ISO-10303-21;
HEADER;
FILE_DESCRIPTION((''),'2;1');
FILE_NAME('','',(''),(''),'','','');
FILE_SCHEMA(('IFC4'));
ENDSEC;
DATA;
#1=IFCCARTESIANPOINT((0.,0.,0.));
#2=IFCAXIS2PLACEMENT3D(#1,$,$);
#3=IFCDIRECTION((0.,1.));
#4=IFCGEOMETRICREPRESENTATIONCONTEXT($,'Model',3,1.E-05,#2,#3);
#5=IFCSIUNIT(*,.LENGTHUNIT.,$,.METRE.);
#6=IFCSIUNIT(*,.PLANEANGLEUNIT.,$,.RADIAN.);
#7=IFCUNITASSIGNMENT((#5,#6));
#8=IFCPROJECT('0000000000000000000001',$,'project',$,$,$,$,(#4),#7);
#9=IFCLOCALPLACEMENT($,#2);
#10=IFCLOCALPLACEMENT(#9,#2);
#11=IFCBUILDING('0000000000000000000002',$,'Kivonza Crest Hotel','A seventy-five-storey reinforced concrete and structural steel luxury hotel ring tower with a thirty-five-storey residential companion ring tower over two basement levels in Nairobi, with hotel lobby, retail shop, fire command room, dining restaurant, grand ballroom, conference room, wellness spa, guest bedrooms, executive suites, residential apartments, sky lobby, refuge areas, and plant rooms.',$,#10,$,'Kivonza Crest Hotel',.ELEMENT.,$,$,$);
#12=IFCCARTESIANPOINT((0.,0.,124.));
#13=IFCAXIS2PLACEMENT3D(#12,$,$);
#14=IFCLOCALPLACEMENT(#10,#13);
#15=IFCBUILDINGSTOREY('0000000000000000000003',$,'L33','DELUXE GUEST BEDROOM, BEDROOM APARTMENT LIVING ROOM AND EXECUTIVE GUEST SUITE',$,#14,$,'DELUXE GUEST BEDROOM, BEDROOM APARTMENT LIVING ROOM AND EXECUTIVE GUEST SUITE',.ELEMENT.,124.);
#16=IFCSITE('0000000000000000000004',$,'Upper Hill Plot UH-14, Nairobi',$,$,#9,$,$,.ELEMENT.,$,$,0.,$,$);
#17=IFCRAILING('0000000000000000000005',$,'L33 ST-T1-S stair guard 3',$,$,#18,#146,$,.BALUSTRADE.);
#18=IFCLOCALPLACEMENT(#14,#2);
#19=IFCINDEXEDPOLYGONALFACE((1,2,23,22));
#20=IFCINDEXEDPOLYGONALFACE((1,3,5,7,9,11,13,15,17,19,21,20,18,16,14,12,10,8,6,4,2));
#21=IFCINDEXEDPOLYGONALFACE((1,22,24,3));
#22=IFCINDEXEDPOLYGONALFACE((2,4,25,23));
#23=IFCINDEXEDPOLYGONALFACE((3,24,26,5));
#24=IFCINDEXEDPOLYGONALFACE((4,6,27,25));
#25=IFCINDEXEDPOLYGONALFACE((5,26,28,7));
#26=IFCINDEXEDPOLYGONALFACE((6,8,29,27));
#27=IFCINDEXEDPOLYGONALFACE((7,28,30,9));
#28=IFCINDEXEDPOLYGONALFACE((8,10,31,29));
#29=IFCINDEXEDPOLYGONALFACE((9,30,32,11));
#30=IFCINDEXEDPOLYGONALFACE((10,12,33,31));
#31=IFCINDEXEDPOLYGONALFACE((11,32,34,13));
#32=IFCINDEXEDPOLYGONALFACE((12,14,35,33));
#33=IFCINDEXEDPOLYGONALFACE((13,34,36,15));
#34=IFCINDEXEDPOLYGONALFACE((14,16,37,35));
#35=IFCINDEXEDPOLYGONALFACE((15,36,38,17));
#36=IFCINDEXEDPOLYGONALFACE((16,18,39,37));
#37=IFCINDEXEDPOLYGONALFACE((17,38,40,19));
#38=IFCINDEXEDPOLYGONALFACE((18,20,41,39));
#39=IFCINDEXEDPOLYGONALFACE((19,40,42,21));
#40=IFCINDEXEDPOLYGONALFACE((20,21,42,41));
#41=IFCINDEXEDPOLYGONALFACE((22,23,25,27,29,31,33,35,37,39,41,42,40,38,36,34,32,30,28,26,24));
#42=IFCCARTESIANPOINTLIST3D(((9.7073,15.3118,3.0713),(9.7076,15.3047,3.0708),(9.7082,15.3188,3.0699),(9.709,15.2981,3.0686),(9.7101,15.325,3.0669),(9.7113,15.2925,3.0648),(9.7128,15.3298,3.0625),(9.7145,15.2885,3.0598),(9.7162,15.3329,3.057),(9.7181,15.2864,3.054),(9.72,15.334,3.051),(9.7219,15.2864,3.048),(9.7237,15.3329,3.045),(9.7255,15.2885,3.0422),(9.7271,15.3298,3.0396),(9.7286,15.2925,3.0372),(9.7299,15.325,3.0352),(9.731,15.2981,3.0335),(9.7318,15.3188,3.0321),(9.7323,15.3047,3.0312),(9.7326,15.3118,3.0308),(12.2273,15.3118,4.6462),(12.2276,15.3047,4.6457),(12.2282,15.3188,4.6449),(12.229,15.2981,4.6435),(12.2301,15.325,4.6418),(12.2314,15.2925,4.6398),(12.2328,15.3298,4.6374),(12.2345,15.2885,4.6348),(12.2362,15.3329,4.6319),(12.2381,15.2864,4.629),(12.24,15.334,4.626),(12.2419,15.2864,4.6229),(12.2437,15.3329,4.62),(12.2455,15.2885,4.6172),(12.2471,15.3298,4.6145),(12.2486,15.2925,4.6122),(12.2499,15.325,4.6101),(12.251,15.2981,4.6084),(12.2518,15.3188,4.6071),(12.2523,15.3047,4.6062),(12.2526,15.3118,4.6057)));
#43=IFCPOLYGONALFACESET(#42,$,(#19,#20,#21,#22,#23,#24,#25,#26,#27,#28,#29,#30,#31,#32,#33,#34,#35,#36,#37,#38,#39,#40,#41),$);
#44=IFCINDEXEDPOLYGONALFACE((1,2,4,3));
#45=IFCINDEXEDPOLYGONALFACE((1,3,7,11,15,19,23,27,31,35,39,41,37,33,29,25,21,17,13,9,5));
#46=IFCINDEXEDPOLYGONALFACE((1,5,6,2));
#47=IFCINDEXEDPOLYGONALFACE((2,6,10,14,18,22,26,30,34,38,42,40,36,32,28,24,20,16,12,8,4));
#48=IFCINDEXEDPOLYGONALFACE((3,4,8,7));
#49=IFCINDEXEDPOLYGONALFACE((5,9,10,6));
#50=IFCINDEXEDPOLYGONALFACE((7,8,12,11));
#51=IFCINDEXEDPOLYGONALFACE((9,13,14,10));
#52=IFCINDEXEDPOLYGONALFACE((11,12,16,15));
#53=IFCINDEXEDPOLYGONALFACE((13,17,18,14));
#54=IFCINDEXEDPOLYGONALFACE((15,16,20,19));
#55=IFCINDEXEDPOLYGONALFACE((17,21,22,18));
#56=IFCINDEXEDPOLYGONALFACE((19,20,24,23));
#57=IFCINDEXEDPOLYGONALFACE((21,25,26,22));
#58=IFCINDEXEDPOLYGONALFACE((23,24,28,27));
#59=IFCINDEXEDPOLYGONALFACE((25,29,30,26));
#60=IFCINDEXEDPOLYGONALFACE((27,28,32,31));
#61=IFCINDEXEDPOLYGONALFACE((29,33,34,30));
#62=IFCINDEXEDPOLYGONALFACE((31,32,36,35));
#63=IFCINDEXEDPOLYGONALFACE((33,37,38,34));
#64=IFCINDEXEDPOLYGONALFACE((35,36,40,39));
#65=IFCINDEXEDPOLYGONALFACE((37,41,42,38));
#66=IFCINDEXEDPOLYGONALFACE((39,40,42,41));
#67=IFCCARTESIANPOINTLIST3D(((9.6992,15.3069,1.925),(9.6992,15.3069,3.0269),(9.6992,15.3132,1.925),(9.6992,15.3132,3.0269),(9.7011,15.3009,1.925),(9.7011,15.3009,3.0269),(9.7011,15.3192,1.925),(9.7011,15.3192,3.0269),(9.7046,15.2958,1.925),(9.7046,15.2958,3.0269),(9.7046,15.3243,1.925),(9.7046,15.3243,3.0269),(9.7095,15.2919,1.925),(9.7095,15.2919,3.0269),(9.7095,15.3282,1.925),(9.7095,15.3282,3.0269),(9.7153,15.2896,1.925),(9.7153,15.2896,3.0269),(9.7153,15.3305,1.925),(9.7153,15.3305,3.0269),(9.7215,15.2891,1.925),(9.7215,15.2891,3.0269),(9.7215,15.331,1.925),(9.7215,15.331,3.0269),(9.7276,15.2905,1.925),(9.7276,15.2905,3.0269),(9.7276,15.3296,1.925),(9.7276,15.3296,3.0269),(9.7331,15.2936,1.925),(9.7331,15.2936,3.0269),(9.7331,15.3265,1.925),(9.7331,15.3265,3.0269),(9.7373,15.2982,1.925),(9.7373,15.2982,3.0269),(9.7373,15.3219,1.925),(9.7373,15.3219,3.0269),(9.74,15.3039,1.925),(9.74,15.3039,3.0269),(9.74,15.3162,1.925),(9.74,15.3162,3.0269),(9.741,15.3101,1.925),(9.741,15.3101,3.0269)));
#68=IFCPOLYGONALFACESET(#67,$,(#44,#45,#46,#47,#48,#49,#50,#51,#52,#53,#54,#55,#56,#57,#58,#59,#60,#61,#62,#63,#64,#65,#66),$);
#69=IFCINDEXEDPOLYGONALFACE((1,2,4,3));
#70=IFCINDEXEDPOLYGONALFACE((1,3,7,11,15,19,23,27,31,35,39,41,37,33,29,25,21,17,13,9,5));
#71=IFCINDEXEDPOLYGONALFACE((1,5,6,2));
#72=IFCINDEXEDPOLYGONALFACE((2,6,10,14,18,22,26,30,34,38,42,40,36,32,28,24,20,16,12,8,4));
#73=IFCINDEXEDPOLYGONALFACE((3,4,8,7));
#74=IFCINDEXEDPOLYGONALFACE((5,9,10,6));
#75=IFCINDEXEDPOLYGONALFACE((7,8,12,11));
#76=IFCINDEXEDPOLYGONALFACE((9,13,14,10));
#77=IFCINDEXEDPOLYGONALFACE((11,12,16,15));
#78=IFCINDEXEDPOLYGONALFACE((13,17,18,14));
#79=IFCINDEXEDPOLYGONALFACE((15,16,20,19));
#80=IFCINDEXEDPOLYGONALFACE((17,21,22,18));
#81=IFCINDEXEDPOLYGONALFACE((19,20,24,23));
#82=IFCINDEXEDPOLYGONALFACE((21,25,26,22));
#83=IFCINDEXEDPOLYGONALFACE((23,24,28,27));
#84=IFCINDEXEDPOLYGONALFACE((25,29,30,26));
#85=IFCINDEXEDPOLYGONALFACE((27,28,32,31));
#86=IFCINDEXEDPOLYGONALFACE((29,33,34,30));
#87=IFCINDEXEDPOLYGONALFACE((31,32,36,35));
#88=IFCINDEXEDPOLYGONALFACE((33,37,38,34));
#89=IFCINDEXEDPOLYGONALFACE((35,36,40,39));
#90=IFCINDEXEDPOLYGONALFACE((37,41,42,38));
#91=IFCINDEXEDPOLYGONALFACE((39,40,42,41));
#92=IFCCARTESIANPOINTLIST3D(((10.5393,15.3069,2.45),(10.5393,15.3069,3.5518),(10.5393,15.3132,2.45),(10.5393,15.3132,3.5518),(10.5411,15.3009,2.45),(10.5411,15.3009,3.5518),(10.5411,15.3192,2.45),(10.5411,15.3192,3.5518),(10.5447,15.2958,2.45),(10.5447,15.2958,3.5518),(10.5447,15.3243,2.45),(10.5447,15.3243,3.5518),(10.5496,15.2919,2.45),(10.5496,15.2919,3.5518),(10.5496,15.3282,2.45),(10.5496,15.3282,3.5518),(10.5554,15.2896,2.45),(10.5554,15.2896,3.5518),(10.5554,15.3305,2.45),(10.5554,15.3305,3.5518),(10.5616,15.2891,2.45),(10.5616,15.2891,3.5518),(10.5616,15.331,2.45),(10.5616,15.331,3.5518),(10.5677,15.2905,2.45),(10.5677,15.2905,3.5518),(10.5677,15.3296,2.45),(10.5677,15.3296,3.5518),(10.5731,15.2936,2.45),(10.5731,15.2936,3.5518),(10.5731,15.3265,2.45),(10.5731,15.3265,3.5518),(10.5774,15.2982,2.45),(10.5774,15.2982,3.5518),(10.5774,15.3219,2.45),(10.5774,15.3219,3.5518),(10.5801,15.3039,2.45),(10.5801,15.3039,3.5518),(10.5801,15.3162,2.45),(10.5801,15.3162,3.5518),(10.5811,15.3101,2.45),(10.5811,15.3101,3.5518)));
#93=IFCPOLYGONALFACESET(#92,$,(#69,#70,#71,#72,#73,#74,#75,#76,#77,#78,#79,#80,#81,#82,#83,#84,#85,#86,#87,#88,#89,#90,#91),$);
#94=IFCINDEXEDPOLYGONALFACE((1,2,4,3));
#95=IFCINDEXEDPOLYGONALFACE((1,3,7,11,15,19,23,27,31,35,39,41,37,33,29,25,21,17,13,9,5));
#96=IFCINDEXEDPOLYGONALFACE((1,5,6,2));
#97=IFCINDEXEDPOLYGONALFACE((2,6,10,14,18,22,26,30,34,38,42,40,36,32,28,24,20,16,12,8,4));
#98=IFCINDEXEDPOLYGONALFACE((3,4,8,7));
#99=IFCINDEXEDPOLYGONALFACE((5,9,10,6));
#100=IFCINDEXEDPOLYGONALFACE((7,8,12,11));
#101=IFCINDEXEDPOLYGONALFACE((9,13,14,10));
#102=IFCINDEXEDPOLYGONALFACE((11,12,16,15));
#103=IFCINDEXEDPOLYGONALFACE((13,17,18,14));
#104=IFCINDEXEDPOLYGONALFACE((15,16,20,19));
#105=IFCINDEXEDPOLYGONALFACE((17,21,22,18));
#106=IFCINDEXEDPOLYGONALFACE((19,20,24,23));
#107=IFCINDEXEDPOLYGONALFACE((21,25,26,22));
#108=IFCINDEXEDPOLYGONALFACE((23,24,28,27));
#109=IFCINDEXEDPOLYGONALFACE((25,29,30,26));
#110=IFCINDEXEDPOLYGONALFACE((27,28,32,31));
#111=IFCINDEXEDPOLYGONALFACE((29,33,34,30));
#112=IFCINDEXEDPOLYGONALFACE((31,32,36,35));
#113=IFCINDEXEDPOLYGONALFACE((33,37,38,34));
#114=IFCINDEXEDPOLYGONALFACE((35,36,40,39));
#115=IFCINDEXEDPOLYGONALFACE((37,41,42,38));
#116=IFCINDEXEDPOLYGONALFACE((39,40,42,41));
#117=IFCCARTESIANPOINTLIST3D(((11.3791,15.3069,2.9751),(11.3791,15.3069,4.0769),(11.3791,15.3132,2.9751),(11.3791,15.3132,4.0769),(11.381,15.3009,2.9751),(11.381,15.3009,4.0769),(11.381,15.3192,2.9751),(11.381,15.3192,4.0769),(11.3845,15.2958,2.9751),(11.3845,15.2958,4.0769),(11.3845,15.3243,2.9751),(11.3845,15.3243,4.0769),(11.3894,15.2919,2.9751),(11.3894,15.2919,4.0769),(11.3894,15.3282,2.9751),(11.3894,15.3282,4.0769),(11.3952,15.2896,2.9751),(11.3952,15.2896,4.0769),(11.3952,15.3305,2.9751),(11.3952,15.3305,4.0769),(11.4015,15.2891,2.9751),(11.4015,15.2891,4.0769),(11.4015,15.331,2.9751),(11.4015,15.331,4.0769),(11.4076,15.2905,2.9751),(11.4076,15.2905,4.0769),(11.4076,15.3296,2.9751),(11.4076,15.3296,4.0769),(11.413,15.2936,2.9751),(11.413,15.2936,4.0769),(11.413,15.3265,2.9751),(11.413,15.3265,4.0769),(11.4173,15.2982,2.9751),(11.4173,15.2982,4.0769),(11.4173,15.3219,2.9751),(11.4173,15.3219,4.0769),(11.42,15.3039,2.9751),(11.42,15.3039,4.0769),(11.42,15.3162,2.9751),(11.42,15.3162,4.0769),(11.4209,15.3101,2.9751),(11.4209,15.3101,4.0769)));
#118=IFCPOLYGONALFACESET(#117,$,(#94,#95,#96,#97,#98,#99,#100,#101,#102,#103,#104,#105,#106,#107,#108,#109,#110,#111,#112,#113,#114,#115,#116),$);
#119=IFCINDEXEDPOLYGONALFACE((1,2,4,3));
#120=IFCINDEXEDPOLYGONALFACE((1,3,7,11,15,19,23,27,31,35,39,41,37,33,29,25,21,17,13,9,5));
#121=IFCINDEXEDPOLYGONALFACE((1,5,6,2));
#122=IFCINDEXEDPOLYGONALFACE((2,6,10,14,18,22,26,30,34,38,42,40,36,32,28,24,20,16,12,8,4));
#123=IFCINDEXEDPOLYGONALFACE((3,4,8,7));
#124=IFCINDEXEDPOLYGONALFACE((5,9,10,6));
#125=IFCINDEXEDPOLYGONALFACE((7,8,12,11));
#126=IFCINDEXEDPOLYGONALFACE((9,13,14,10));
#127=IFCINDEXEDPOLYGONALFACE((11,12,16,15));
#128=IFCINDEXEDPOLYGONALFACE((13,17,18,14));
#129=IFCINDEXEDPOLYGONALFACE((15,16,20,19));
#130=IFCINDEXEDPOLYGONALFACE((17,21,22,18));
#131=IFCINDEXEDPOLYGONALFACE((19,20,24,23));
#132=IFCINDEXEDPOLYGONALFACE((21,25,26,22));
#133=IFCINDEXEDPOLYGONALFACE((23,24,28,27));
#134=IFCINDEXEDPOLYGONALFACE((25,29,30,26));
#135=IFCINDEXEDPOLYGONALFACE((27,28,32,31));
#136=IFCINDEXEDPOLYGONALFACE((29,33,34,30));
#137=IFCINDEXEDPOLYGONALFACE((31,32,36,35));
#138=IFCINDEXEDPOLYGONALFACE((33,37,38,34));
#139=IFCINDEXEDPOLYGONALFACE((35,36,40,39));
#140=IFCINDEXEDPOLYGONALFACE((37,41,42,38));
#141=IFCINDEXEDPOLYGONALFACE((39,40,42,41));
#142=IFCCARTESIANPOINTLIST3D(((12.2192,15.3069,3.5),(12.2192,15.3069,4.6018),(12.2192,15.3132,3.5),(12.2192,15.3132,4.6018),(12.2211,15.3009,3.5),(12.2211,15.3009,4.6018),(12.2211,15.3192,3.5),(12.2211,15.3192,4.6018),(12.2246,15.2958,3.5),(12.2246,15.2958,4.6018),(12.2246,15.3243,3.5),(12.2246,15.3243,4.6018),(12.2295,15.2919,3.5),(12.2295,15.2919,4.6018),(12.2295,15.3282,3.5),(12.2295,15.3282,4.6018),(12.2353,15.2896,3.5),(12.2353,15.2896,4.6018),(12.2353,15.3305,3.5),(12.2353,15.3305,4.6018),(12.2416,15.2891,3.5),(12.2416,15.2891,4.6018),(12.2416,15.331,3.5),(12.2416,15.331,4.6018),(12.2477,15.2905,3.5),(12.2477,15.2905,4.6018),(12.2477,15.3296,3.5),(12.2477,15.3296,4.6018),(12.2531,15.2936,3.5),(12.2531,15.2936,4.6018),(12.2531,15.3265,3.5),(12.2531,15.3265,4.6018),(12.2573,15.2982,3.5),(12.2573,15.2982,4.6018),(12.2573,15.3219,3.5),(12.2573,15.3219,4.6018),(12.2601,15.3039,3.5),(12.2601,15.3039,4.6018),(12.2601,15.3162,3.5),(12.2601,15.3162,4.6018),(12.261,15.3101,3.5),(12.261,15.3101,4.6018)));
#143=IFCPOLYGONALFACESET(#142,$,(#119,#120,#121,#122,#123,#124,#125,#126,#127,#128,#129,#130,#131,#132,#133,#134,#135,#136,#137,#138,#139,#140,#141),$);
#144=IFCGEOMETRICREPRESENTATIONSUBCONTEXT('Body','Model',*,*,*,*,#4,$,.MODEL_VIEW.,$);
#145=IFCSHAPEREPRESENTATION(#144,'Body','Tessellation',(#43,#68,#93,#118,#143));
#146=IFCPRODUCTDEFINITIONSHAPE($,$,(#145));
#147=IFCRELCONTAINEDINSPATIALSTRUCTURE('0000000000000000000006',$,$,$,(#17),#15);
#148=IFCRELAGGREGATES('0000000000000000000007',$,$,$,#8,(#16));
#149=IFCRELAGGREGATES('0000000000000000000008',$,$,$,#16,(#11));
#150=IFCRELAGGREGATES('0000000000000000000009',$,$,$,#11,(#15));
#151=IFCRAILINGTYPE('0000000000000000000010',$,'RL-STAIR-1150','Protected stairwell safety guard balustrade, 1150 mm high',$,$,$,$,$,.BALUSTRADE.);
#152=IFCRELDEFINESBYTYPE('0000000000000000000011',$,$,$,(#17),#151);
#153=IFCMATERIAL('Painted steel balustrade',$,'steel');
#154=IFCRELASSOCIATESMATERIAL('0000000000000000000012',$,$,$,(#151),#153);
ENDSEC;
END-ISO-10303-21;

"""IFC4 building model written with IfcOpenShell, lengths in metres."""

from ifc_helpers import new_model, si_unit, direction, frame, origin, origin_2d, place, context, subcontext, project, spatial, circle, extrude, material, type_object, element, save


model = new_model("IFC4")

# Units and contexts
model_context = context("Model", 3, precision=1e-05, world=origin(), true_north=direction((0.0, 1.0)))
body_context = subcontext(model_context, "Body", "Model", "MODEL_VIEW")
ifc_project = project(units=[si_unit("LENGTHUNIT", "METRE"), si_unit("PLANEANGLEUNIT", "RADIAN")], contexts=[model_context])

# Site, building, storey
site_placement = place(None, origin())
site = spatial("IfcSite", under=ifc_project, at=site_placement, Name="Upper Hill Plot UH-14, Nairobi", CompositionType="ELEMENT", RefElevation=0.0)
building_placement = place(site_placement, origin())
building = spatial("IfcBuilding", under=site, at=building_placement, Name="Kivonza Crest Hotel", Description="A seventy-five-storey reinforced concrete and structural steel luxury hotel ring tower with a thirty-five-storey residential companion ring tower over two basement levels in Nairobi, with hotel lobby, retail shop, fire command room, dining restaurant, grand ballroom, conference room, wellness spa, guest bedrooms, executive suites, residential apartments, sky lobby, refuge areas, and plant rooms.", LongName="Kivonza Crest Hotel", CompositionType="ELEMENT")
storey_placement = place(building_placement, frame((0.0, 0.0, 124.0)))
storey = spatial("IfcBuildingStorey", under=building, at=storey_placement, Name="L33", Description="DELUXE GUEST BEDROOM, BEDROOM APARTMENT LIVING ROOM AND EXECUTIVE GUEST SUITE", LongName="DELUXE GUEST BEDROOM, BEDROOM APARTMENT LIVING ROOM AND EXECUTIVE GUEST SUITE", CompositionType="ELEMENT", Elevation=124.0)

# Railing
ifc_material_1 = material(Name="Painted steel balustrade", Category="steel")
railing_type_1 = type_object("IfcRailingType", Name="RL-STAIR-1150", Description="Protected stairwell safety guard balustrade, 1150 mm high", PredefinedType="BALUSTRADE", material=ifc_material_1)
railing_1_placement = place(storey_placement, frame((9.72, 15.3101, 1.925)))
element("IfcRailing", 1, at=railing_1_placement, inside=storey, type_object=railing_type_1, Name="L33 ST-T1-S stair guard 3", PredefinedType="BALUSTRADE", context=body_context, shape_type="SweptSolid", body=[
    extrude(circle(Radius=0.0239, at=origin_2d()), frame((0.0, 0.0, 1.126), z_axis=(0.848008, 0.0, 0.529984), x_axis=(0.0, 1.0, 0.0)), (0.0, 0.0, 1.0), 2.9717),
    extrude(circle(Radius=0.021, at=origin_2d()), origin(), (0.0, 0.0, 1.0), 1.1018),
    extrude(circle(Radius=0.021, at=origin_2d()), frame((0.8401, 0.0, 0.5249)), (0.0, 0.0, 1.0), 1.1018),
    extrude(circle(Radius=0.021, at=origin_2d()), frame((1.6799, 0.0, 1.05)), (0.0, 0.0, 1.0), 1.1018),
    extrude(circle(Radius=0.021, at=origin_2d()), frame((2.52, 0.0, 1.575)), (0.0, 0.0, 1.0), 1.1018),
])

save(model, "model.ifc")
